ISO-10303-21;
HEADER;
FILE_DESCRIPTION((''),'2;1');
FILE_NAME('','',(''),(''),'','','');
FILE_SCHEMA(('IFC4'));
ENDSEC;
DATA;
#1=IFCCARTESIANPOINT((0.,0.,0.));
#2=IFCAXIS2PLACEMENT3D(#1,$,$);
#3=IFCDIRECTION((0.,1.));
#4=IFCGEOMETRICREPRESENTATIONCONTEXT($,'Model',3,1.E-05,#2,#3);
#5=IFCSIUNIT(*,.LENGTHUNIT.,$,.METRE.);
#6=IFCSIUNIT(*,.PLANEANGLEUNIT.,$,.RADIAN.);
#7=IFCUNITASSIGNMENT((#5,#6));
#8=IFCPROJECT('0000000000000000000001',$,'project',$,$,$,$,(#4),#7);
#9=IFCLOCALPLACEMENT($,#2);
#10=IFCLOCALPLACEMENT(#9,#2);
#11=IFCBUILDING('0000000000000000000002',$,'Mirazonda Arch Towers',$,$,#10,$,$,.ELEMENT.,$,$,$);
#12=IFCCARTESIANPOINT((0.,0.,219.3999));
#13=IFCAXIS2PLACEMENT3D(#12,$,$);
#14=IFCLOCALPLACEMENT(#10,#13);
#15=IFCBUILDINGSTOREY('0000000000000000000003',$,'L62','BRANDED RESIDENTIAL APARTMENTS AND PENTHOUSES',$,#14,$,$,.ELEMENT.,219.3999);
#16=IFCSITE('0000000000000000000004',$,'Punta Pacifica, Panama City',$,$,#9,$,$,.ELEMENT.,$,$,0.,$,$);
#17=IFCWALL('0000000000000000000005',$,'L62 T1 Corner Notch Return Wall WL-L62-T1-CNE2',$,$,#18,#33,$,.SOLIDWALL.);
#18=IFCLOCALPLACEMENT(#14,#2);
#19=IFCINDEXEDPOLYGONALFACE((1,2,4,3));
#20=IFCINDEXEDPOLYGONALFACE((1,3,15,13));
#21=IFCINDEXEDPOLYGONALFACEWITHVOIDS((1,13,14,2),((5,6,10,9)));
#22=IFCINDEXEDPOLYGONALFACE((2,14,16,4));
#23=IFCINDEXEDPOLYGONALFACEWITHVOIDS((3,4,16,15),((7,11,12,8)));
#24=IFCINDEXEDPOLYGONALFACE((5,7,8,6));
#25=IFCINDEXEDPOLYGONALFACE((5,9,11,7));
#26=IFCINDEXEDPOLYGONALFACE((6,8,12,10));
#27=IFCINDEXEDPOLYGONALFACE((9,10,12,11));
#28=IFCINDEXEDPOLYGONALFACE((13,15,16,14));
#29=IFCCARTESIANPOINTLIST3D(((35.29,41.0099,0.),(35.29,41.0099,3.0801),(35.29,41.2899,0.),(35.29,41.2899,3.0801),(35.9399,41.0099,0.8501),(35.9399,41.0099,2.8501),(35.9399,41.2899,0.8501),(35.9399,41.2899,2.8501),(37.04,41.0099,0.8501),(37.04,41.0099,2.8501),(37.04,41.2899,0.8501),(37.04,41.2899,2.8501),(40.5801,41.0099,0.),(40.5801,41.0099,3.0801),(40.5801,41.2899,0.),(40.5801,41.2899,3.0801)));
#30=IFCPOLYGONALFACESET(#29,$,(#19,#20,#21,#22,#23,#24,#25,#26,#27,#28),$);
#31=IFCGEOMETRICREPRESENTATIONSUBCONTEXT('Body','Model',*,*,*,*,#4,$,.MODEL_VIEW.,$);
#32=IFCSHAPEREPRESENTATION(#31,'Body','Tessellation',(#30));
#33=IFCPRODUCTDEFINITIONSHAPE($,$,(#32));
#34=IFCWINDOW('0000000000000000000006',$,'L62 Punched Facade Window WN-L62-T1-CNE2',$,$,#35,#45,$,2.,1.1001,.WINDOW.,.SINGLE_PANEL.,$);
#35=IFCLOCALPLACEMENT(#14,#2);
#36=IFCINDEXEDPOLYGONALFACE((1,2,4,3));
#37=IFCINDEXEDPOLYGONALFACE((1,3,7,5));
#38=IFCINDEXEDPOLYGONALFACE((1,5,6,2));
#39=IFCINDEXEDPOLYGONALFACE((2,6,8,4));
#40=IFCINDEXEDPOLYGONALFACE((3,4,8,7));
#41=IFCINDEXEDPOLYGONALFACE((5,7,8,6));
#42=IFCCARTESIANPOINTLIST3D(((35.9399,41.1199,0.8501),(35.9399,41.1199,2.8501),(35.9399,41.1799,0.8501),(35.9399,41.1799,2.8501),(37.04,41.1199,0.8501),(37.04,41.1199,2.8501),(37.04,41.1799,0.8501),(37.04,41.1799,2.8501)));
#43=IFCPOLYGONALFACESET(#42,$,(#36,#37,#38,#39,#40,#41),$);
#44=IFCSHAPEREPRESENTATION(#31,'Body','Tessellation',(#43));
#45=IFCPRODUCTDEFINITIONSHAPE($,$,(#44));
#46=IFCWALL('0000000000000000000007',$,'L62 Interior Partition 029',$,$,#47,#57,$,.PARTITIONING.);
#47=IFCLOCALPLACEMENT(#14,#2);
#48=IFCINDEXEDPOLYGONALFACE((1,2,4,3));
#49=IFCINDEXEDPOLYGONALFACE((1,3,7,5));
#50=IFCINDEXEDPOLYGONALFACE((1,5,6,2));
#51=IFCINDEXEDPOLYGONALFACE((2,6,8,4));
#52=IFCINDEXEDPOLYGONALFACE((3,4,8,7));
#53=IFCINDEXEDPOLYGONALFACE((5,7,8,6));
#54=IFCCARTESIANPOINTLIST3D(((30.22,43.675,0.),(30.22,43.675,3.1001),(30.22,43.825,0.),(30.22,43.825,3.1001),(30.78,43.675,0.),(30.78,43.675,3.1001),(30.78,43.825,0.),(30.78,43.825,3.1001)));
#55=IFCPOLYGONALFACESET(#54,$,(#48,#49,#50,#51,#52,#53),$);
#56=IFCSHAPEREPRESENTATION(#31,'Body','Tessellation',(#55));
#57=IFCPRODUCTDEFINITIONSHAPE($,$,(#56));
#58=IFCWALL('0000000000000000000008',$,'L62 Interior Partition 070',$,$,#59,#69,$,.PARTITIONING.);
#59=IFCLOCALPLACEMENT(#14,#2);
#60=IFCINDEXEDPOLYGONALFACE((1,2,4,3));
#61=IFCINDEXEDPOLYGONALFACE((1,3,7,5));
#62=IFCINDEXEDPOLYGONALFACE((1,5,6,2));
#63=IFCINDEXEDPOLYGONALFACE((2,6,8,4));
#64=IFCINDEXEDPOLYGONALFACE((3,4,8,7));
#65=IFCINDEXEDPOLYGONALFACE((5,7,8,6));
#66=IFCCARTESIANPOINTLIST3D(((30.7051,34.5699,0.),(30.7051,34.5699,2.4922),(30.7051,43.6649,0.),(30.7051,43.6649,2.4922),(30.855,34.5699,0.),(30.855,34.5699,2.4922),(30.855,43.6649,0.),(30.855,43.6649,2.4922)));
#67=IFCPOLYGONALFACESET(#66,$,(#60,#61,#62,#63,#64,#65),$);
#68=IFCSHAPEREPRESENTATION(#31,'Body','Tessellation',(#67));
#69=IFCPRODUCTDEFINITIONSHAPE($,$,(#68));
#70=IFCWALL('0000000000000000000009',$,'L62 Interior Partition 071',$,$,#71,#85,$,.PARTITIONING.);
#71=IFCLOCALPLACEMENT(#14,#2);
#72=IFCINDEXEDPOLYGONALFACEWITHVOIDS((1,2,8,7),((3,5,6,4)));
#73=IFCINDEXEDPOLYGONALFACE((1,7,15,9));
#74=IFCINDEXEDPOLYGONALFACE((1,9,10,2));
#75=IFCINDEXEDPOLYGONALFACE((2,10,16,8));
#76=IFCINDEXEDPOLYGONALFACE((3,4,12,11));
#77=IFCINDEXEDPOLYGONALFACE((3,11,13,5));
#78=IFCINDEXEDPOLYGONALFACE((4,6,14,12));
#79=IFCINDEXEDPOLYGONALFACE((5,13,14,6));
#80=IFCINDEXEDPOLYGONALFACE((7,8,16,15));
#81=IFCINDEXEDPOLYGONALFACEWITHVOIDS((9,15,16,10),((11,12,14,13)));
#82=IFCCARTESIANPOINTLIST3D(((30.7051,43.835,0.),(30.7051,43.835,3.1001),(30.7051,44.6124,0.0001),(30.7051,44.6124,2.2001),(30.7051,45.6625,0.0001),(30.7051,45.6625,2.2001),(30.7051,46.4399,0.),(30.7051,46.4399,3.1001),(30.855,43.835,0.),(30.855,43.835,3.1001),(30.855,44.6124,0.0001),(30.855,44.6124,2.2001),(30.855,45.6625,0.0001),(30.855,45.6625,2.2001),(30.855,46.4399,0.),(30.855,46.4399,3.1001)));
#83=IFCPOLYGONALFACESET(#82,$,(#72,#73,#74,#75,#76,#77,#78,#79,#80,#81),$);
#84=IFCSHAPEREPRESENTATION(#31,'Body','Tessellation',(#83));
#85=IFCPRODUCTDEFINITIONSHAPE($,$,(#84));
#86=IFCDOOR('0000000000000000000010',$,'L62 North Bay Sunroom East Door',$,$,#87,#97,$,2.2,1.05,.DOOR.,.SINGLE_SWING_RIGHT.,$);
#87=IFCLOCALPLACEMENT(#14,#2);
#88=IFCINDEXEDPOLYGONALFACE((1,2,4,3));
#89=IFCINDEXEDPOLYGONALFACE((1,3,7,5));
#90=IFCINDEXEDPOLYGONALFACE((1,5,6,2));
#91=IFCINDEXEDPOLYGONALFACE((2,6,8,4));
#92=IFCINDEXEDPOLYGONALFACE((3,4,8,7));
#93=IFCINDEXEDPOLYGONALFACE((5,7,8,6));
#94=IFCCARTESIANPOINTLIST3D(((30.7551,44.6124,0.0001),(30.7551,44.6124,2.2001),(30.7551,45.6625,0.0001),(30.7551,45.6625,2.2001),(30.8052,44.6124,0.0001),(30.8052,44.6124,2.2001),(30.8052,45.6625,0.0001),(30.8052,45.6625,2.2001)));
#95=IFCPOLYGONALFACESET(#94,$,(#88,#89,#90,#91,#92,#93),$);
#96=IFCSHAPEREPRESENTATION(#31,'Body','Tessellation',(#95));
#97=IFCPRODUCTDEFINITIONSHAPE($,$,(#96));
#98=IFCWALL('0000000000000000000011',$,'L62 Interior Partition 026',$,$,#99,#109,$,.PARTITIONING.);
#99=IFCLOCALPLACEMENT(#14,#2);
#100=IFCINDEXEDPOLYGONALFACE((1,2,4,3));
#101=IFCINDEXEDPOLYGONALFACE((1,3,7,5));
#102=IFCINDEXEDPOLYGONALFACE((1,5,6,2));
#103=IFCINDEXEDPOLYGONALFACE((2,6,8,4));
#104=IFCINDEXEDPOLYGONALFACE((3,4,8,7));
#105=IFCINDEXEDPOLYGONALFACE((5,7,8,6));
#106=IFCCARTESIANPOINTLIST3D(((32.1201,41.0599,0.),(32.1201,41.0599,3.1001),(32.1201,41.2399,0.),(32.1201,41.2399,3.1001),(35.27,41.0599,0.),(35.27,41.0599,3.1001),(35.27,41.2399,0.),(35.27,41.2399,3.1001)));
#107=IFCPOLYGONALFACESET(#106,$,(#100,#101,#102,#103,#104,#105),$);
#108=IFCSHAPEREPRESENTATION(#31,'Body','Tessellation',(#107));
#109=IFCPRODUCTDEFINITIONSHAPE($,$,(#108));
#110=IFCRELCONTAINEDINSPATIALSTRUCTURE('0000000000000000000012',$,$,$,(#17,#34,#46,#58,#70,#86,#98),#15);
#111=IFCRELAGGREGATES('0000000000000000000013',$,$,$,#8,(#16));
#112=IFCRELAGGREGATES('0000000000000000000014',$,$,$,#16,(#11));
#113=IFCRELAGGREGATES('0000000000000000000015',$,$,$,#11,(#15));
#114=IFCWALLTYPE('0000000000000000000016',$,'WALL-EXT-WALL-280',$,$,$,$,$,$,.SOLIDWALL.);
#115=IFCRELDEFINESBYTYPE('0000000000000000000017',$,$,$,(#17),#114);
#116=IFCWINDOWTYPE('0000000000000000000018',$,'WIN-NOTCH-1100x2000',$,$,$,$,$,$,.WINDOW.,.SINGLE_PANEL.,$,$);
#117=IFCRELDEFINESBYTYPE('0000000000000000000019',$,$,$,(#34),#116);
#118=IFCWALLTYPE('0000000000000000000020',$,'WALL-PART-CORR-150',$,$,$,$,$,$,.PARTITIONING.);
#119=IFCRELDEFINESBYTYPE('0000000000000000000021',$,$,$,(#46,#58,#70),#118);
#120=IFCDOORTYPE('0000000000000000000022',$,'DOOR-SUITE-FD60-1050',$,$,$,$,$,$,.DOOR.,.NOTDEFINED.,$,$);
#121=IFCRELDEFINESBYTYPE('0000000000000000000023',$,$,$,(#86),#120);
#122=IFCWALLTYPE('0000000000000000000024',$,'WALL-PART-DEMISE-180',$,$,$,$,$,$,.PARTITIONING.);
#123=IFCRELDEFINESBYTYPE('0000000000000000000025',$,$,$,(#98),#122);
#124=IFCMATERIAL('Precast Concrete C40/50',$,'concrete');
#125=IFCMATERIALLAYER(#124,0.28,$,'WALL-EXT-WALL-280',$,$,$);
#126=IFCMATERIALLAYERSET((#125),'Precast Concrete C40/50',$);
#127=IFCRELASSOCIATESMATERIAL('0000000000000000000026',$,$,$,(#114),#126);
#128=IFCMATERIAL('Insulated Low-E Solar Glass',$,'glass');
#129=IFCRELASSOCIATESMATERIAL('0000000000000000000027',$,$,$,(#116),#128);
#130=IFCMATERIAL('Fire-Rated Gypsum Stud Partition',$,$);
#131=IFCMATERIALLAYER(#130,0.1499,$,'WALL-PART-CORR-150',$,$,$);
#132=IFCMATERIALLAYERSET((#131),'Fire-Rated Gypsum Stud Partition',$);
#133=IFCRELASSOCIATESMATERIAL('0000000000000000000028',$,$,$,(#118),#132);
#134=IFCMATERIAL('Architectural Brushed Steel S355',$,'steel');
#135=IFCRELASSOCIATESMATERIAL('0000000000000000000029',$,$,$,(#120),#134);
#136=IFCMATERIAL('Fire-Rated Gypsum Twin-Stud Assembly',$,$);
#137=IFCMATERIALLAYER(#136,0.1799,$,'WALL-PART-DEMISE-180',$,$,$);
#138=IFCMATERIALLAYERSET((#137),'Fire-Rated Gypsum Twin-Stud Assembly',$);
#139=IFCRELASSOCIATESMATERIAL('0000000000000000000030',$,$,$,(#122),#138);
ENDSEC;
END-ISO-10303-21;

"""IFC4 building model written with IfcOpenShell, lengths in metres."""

from ifc_helpers import new_model, si_unit, direction, frame, frame_2d, origin, place, context, subcontext, project, spatial, rectangle, extrude, material, layer, layer_set, type_object, element, fill, save


model = new_model("IFC4")

# Units and contexts
model_context = context("Model", 3, precision=1e-05, world=origin(), true_north=direction((0.0, 1.0)))
body_context = subcontext(model_context, "Body", "Model", "MODEL_VIEW")
ifc_project = project(units=[si_unit("LENGTHUNIT", "METRE"), si_unit("PLANEANGLEUNIT", "RADIAN")], contexts=[model_context])

# Site, building, storey
site_placement = place(None, origin())
site = spatial("IfcSite", under=ifc_project, at=site_placement, Name="Punta Pacifica, Panama City", CompositionType="ELEMENT", RefElevation=0.0)
building_placement = place(site_placement, origin())
building = spatial("IfcBuilding", under=site, at=building_placement, Name="Mirazonda Arch Towers", CompositionType="ELEMENT")
storey_placement = place(building_placement, frame((0.0, 0.0, 219.3999)))
storey = spatial("IfcBuildingStorey", under=building, at=storey_placement, Name="L62", Description="BRANDED RESIDENTIAL APARTMENTS AND PENTHOUSES", CompositionType="ELEMENT", Elevation=219.3999)

# Shared definitions
ifc_material_1 = material(Name="Insulated Low-E Solar Glass", Category="glass")

# Wall, opening, window
ifc_material_2 = material(Name="Precast Concrete C40/50", Category="concrete")
ifc_layer_1 = layer(ifc_material_2, 0.28, Name="WALL-EXT-WALL-280")
ifc_layer_set_1 = layer_set([ifc_layer_1], Name="Precast Concrete C40/50")
wall_type_1 = type_object("IfcWallType", Name="WALL-EXT-WALL-280", PredefinedType="SOLIDWALL", material=ifc_layer_set_1)
window_type = type_object("IfcWindowType", Name="WIN-NOTCH-1100x2000", PartitioningType="SINGLE_PANEL", PredefinedType="WINDOW", material=ifc_material_1)
wall_1_placement = place(storey_placement, frame((40.5801, 41.1499, 0.0), z_axis=(0.0, 0.0, 1.0), x_axis=(-1.0, 0.0, 0.0)))
wall_1 = element("IfcWall", 1, at=wall_1_placement, inside=storey, type_object=wall_type_1, Name="L62 T1 Corner Notch Return Wall WL-L62-T1-CNE2", PredefinedType="SOLIDWALL", context=body_context, shape_type="SweptSolid", body=[
    extrude(rectangle(XDim=5.29, YDim=0.28, at=frame_2d((2.645, 0.0))), origin(), (0.0, 0.0, 1.0), 3.0801),
])
opening_1_placement = place(wall_1_placement, frame((3.54, 0.0, 0.8501)))
opening_1 = element("IfcOpeningElement", 2, at=opening_1_placement, cuts=wall_1, PredefinedType="OPENING", context=body_context, shape_type="SweptSolid", body=[
    extrude(rectangle(XDim=1.1001, YDim=2.0, at=frame_2d((0.55, 1.0))), frame((0.0, 0.1499, 0.0), z_axis=(0.0, -1.0, 0.0), x_axis=(1.0, 0.0, 0.0)), (0.0, 0.0, 1.0), 0.3),
])
window_1_placement = place(opening_1_placement, origin())
window_1 = element("IfcWindow", 3, at=window_1_placement, inside=storey, type_object=window_type, Name="L62 Punched Facade Window WN-L62-T1-CNE2", OverallHeight=2.0, OverallWidth=1.1001, PartitioningType="SINGLE_PANEL", PredefinedType="WINDOW", context=body_context, shape_type="SweptSolid", body=[
    extrude(rectangle(XDim=1.1001, YDim=2.0, at=frame_2d((0.55, 1.0))), frame((0.0, 0.03, 0.0), z_axis=(0.0, -1.0, 0.0), x_axis=(1.0, 0.0, 0.0)), (0.0, 0.0, 1.0), 0.0601),
])
fill(opening_1, window_1)

# Walls
ifc_material_3 = material(Name="Fire-Rated Gypsum Stud Partition")
ifc_layer_2 = layer(ifc_material_3, 0.1499, Name="WALL-PART-CORR-150")
ifc_layer_set_2 = layer_set([ifc_layer_2], Name="Fire-Rated Gypsum Stud Partition")
wall_type_2 = type_object("IfcWallType", Name="WALL-PART-CORR-150", PredefinedType="PARTITIONING", material=ifc_layer_set_2)
wall_2_placement = place(storey_placement, frame((30.22, 43.75, 0.0), z_axis=(0.0, 0.0, 1.0), x_axis=(1.0, 0.0, 0.0)))
element("IfcWall", 4, at=wall_2_placement, inside=storey, type_object=wall_type_2, Name="L62 Interior Partition 029", PredefinedType="PARTITIONING", context=body_context, shape_type="SweptSolid", body=[
    extrude(rectangle(XDim=0.5601, YDim=0.1499, at=frame_2d((0.28, 0.0))), origin(), (0.0, 0.0, 1.0), 3.1001),
])
wall_3_placement = place(storey_placement, frame((30.78, 34.5701, 0.0), z_axis=(0.0, 0.0, 1.0), x_axis=(0.0, 1.0, 0.0)))
element("IfcWall", 5, at=wall_3_placement, inside=storey, type_object=wall_type_2, Name="L62 Interior Partition 070", PredefinedType="PARTITIONING", context=body_context, shape_type="SweptSolid", body=[
    extrude(rectangle(XDim=9.095, YDim=0.1499, at=frame_2d((4.5474, 0.0))), origin(), (0.0, 0.0, 1.0), 2.4922),
])

# Wall, opening, door
wall_4_placement = place(storey_placement, frame((30.78, 43.835, 0.0), z_axis=(0.0, 0.0, 1.0), x_axis=(0.0, 1.0, 0.0)))
wall_4 = element("IfcWall", 6, at=wall_4_placement, inside=storey, type_object=wall_type_2, Name="L62 Interior Partition 071", PredefinedType="PARTITIONING", context=body_context, shape_type="SweptSolid", body=[
    extrude(rectangle(XDim=2.605, YDim=0.1499, at=frame_2d((1.3025, 0.0))), origin(), (0.0, 0.0, 1.0), 3.1001),
])
opening_2_placement = place(wall_4_placement, frame((0.7776, 0.0, 0.0)))
opening_2 = element("IfcOpeningElement", 7, at=opening_2_placement, cuts=wall_4, PredefinedType="OPENING", context=body_context, shape_type="SweptSolid", body=[
    extrude(rectangle(XDim=1.05, YDim=2.2, at=frame_2d((0.5249, 1.1001))), frame((0.0, 0.085, 0.0), z_axis=(0.0, -1.0, 0.0), x_axis=(1.0, 0.0, 0.0)), (0.0, 0.0, 1.0), 0.1699),
])
ifc_material_4 = material(Name="Architectural Brushed Steel S355", Category="steel")
door_type_1 = type_object("IfcDoorType", Name="DOOR-SUITE-FD60-1050", OperationType="NOTDEFINED", PredefinedType="DOOR", material=ifc_material_4)
door_1_placement = place(opening_2_placement, origin())
door_1 = element("IfcDoor", 8, at=door_1_placement, inside=storey, type_object=door_type_1, Name="L62 North Bay Sunroom East Door", OperationType="SINGLE_SWING_RIGHT", OverallHeight=2.2, OverallWidth=1.05, PredefinedType="DOOR", context=body_context, shape_type="SweptSolid", body=[
    extrude(rectangle(XDim=1.05, YDim=2.2, at=frame_2d((0.5249, 1.1001))), frame((0.0, 0.0249, 0.0), z_axis=(0.0, -1.0, 0.0), x_axis=(1.0, 0.0, 0.0)), (0.0, 0.0, 1.0), 0.05),
])
fill(opening_2, door_1)

# Wall
ifc_material_5 = material(Name="Fire-Rated Gypsum Twin-Stud Assembly")
ifc_layer_3 = layer(ifc_material_5, 0.1799, Name="WALL-PART-DEMISE-180")
ifc_layer_set_3 = layer_set([ifc_layer_3], Name="Fire-Rated Gypsum Twin-Stud Assembly")
wall_type_3 = type_object("IfcWallType", Name="WALL-PART-DEMISE-180", PredefinedType="PARTITIONING", material=ifc_layer_set_3)
wall_5_placement = place(storey_placement, frame((32.1201, 41.1499, 0.0), z_axis=(0.0, 0.0, 1.0), x_axis=(1.0, 0.0, 0.0)))
element("IfcWall", 9, at=wall_5_placement, inside=storey, type_object=wall_type_3, Name="L62 Interior Partition 026", PredefinedType="PARTITIONING", context=body_context, shape_type="SweptSolid", body=[
    extrude(rectangle(XDim=3.1499, YDim=0.1799, at=frame_2d((1.575, 0.0))), origin(), (0.0, 0.0, 1.0), 3.1001),
])

save(model, "model.ifc")
